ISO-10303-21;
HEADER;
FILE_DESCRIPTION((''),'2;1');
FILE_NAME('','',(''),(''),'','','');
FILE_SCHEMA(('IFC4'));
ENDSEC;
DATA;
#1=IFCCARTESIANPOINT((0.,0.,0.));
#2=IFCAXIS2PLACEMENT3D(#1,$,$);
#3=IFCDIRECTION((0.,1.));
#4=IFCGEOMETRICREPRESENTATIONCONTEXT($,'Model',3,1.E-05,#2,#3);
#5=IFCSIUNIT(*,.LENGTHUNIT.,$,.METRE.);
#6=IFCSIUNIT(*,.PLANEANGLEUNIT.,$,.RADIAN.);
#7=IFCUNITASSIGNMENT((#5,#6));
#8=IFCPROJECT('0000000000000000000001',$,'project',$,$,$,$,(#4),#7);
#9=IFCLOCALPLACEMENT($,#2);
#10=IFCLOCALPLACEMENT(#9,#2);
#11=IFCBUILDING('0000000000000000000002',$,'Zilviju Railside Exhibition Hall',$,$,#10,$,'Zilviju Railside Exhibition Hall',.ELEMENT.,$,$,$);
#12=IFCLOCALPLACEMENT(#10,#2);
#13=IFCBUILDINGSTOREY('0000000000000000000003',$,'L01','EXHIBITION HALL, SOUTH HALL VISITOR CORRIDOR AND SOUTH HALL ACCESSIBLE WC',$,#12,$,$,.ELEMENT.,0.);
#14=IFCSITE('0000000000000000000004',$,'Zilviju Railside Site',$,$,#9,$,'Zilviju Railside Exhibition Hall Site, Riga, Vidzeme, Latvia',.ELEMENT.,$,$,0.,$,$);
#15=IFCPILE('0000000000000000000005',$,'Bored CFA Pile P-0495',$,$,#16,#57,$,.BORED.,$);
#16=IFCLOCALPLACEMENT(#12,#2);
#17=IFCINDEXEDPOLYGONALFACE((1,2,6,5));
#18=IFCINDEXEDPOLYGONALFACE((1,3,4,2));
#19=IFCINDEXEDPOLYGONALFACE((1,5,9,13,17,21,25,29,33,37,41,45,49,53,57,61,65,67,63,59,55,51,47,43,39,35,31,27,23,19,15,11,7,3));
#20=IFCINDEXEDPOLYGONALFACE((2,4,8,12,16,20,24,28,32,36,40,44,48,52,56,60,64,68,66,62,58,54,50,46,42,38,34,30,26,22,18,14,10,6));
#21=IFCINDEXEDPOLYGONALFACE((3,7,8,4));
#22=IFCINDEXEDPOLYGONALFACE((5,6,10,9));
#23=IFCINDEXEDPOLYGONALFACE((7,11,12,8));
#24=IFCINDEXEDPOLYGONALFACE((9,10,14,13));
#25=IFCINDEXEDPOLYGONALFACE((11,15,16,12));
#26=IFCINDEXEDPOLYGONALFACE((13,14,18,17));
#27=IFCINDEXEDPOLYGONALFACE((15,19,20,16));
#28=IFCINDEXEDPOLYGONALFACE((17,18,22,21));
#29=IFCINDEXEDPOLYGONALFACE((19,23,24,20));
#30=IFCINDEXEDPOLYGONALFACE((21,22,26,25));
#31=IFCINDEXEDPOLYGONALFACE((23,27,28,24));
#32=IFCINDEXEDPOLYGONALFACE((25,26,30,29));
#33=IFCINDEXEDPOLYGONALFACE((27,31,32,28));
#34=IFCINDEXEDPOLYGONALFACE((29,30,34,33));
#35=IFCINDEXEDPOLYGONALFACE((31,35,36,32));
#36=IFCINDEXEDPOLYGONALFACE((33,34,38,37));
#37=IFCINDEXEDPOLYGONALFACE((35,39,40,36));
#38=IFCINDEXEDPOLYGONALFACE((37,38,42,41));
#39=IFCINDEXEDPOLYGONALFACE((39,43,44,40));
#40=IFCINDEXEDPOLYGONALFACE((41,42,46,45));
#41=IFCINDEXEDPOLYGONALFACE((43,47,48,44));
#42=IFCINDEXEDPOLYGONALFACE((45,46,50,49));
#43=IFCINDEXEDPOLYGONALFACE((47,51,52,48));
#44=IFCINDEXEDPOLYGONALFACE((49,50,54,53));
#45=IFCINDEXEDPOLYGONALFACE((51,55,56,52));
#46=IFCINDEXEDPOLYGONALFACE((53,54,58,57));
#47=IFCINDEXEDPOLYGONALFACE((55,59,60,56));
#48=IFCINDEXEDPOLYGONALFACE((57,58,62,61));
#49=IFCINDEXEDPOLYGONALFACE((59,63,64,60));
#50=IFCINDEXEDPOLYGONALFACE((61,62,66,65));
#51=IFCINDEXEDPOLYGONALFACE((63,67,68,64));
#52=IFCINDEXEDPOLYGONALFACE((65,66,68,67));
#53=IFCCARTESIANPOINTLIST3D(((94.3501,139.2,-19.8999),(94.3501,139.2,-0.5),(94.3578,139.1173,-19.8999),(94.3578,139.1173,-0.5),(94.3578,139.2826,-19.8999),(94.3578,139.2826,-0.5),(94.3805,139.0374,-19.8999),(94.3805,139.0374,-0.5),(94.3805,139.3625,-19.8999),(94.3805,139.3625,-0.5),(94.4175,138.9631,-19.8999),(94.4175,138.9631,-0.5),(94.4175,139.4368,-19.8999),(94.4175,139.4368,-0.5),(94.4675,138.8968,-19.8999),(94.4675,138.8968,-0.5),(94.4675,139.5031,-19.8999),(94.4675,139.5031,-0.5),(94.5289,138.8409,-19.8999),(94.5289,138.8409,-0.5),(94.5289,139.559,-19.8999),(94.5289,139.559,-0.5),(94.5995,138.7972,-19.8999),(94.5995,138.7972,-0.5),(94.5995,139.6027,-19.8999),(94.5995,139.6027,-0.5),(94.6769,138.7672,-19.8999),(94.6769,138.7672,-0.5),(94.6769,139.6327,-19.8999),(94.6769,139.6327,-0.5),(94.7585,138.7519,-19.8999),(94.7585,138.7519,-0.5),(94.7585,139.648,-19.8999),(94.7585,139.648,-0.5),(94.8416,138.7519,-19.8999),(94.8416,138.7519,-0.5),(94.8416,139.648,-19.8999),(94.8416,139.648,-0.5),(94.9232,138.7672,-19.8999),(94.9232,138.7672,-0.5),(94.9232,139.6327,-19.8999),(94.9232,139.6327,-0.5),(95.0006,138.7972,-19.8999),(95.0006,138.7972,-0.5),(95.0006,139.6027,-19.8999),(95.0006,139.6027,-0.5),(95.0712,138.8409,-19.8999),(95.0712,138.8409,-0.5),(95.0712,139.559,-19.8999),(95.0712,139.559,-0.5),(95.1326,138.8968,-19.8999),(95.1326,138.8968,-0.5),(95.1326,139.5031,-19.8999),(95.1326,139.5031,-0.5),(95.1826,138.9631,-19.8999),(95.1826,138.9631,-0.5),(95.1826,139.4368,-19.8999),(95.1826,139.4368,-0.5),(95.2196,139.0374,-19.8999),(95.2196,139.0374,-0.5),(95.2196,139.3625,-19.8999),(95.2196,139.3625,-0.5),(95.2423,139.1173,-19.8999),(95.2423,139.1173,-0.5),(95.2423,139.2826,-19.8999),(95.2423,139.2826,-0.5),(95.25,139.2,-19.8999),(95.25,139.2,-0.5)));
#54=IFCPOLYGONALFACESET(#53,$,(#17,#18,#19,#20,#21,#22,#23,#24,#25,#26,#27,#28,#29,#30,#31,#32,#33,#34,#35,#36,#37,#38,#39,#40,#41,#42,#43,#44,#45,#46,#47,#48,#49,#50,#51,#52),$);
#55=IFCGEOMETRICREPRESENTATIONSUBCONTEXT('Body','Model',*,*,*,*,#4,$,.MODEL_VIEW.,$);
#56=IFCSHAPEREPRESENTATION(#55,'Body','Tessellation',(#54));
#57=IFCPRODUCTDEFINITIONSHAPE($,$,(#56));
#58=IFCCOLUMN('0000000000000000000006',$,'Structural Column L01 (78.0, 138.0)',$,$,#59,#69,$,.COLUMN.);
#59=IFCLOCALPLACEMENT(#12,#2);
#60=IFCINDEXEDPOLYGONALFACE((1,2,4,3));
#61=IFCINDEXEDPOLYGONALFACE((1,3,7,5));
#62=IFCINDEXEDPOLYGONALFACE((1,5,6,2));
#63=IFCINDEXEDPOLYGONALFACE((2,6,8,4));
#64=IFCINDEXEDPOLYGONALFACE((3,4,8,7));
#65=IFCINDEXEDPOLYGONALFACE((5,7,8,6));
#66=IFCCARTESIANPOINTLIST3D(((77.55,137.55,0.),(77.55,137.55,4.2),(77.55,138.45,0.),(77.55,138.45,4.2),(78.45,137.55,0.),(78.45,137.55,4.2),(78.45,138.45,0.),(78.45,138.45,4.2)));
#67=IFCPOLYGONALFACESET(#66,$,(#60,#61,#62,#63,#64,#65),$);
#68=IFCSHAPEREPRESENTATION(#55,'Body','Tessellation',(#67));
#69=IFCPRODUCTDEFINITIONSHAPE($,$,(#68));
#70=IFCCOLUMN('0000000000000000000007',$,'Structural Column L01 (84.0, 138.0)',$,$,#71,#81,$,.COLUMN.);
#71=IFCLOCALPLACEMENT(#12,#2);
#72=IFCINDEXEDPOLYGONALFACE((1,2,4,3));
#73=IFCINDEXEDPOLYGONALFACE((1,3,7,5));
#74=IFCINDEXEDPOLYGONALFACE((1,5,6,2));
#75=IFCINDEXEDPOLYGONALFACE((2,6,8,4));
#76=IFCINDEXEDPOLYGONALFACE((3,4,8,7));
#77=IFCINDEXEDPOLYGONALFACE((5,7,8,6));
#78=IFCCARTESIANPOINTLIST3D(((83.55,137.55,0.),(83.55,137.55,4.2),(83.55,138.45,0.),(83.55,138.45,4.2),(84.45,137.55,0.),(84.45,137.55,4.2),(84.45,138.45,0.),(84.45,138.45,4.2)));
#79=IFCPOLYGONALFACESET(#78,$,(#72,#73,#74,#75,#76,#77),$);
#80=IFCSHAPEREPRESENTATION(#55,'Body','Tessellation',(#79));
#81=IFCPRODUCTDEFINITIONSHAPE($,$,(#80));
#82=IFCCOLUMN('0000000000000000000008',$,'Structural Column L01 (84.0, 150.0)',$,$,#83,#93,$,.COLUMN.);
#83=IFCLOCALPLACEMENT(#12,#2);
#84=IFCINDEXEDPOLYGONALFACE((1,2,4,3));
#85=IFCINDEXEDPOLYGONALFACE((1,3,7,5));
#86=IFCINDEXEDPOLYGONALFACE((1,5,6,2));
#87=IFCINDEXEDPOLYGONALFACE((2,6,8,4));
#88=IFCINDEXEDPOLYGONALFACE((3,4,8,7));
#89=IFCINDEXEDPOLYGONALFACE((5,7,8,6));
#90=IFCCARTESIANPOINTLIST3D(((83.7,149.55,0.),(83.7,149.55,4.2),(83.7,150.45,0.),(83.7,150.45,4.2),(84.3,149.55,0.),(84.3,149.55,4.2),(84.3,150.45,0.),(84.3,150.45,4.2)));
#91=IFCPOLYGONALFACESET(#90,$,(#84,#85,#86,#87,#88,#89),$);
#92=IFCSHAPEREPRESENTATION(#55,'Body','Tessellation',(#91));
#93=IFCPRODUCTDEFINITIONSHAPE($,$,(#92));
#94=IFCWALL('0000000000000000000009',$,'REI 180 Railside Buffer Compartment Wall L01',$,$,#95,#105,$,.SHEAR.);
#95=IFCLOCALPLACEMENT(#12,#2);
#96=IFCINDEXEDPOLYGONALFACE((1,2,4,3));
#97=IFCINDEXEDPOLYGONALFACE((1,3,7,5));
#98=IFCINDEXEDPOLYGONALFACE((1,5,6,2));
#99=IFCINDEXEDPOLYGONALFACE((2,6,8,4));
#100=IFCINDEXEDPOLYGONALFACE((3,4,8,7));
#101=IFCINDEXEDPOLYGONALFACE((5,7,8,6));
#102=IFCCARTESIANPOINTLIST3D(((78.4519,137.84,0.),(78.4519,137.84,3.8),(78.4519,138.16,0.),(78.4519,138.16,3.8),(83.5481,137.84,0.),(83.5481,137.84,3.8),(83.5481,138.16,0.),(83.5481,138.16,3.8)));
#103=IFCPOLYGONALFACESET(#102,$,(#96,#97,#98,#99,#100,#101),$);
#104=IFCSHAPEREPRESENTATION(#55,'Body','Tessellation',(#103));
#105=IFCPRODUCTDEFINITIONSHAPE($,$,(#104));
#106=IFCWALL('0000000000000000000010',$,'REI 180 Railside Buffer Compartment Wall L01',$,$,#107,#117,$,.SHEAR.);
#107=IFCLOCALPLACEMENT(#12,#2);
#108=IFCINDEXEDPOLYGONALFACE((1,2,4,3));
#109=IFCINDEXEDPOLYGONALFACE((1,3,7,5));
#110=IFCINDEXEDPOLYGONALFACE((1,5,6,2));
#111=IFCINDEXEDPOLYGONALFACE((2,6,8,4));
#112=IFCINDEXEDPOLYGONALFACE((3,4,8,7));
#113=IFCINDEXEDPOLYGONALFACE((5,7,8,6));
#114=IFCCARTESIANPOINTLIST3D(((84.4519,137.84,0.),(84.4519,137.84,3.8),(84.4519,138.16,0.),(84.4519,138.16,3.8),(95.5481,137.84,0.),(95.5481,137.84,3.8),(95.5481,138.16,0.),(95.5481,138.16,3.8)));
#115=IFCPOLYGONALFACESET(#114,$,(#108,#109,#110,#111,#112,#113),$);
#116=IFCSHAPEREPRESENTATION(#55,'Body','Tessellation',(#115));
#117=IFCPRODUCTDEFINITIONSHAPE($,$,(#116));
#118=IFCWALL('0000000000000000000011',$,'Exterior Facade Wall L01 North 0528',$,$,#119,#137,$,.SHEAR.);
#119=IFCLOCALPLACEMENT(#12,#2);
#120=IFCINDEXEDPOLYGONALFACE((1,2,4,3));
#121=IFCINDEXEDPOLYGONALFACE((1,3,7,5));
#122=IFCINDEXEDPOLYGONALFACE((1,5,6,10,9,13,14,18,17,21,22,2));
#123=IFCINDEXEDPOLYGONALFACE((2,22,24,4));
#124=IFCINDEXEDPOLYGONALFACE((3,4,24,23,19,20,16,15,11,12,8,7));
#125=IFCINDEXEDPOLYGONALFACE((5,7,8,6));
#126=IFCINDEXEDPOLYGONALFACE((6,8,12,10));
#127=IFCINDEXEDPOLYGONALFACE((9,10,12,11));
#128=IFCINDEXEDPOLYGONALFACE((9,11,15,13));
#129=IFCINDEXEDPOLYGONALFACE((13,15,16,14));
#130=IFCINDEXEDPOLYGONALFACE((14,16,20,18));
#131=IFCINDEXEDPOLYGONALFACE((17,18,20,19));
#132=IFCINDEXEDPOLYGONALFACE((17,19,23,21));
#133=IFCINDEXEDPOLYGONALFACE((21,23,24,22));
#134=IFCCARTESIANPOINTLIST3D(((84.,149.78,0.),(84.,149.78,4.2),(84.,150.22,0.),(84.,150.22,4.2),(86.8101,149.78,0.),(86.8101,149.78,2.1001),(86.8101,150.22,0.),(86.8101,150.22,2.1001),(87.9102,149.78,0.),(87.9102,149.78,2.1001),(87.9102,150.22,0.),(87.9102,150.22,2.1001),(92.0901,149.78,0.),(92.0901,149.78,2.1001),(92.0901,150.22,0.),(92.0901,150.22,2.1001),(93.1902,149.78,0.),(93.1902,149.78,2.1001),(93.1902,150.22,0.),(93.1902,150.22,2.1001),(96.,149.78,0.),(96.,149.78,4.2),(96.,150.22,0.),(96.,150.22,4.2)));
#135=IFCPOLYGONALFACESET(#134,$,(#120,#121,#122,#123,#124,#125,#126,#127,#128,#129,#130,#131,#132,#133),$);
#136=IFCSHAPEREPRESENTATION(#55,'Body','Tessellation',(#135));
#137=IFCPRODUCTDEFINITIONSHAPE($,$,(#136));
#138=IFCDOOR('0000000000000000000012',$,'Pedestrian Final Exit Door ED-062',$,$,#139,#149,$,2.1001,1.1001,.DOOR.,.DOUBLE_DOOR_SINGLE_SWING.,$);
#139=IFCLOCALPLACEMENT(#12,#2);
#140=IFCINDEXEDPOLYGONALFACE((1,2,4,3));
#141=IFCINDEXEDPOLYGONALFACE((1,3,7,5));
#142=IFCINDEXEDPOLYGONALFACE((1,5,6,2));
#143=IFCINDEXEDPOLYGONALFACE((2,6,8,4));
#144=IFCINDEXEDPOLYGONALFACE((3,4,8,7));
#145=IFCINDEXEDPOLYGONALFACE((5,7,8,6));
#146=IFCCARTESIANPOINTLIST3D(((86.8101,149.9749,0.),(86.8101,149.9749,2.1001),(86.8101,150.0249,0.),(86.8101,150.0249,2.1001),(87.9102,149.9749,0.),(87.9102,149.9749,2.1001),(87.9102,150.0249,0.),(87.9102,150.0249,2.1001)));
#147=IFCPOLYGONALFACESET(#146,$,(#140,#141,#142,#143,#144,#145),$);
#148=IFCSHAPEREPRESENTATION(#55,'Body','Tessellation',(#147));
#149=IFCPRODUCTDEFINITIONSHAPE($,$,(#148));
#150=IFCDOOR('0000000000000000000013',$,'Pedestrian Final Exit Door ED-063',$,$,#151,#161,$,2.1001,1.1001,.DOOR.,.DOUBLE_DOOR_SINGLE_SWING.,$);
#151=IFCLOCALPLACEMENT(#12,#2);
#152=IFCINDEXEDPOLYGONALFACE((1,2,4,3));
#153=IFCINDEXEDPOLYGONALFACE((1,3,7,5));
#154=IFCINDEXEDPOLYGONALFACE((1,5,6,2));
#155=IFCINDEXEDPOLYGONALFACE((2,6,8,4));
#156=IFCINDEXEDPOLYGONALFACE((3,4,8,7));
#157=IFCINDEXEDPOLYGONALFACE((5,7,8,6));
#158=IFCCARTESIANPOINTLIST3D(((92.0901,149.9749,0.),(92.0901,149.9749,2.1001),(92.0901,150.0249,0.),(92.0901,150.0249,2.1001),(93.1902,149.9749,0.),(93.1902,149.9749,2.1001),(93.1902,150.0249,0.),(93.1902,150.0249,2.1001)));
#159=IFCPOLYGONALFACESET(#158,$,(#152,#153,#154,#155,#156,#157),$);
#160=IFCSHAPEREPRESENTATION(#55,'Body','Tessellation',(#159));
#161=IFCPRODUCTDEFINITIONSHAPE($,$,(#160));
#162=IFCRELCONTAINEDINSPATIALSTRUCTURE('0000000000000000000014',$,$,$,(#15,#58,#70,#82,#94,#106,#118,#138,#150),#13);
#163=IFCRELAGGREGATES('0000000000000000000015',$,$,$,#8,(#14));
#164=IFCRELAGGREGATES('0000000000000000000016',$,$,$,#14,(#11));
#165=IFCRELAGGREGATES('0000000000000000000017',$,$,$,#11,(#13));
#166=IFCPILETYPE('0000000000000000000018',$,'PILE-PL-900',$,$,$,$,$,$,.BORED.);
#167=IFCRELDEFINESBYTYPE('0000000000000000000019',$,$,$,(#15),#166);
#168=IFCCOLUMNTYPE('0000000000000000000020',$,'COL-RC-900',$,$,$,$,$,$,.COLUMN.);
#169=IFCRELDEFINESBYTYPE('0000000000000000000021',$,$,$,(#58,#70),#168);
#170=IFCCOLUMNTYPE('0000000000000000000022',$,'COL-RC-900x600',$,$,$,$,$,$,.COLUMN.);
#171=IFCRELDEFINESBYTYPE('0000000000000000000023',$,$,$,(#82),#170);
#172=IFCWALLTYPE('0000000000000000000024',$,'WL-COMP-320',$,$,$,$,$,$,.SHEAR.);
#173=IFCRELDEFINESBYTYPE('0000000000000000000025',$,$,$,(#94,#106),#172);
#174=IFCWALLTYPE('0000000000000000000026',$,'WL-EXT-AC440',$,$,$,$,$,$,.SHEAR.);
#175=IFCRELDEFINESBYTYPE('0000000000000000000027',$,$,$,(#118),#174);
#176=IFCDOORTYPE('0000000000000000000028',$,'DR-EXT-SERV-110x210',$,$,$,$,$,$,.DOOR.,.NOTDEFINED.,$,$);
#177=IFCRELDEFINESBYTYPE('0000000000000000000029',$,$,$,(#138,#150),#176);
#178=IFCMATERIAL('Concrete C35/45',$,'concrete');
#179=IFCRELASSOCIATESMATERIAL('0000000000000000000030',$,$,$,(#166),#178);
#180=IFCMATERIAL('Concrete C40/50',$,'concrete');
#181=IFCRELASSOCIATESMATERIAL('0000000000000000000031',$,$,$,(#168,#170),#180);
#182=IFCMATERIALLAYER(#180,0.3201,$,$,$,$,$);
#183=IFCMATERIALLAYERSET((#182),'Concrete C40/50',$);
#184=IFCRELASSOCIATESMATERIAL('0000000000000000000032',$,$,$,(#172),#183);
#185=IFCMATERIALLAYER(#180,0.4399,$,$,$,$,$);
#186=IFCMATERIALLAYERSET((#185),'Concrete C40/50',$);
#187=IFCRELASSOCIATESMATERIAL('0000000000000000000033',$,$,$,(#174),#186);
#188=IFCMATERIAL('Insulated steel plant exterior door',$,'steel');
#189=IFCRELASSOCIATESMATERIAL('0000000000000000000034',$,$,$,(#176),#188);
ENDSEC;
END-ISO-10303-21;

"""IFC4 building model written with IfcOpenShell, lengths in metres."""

from ifc_helpers import new_model, si_unit, direction, frame, frame_2d, origin, origin_2d, place, context, subcontext, project, spatial, rectangle, circle, extrude, material, layer, layer_set, material_profile, profile_set, type_object, element, fill, save


model = new_model("IFC4")

# Units and contexts
model_context = context("Model", 3, precision=1e-05, world=origin(), true_north=direction((0.0, 1.0)))
body_context = subcontext(model_context, "Body", "Model", "MODEL_VIEW")
ifc_project = project(units=[si_unit("LENGTHUNIT", "METRE"), si_unit("PLANEANGLEUNIT", "RADIAN")], contexts=[model_context])

# Site, building, storey
site_placement = place(None, origin())
site = spatial("IfcSite", under=ifc_project, at=site_placement, Name="Zilviju Railside Site", LongName="Zilviju Railside Exhibition Hall Site, Riga, Vidzeme, Latvia", CompositionType="ELEMENT", RefElevation=0.0)
building_placement = place(site_placement, origin())
building = spatial("IfcBuilding", under=site, at=building_placement, Name="Zilviju Railside Exhibition Hall", LongName="Zilviju Railside Exhibition Hall", CompositionType="ELEMENT")
storey_placement = place(building_placement, origin())
storey = spatial("IfcBuildingStorey", under=building, at=storey_placement, Name="L01", Description="EXHIBITION HALL, SOUTH HALL VISITOR CORRIDOR AND SOUTH HALL ACCESSIBLE WC", CompositionType="ELEMENT", Elevation=0.0)

# Shared definitions
ifc_material_1 = material(Name="Concrete C35/45", Category="concrete")
ifc_material_2 = material(Name="Concrete C40/50", Category="concrete")

# Pile
ifc_material_profile_1 = material_profile(ifc_material_1, circle(Radius=0.45, at=origin_2d()), Name="CFA PILE D900")
ifc_profile_set_1 = profile_set([ifc_material_profile_1], Name="Concrete C35/45")
pile_type_1 = type_object("IfcPileType", Name="PILE-PL-900", PredefinedType="BORED", material=ifc_profile_set_1)
for number, where, z_axis, x_axis, name in (
    (1, (94.8, 139.2, -0.5), (0.0, 0.0, -1.0), (1.0, 0.0, 0.0), "Bored CFA Pile P-0495"),
):
    element("IfcPile", number, at=place(storey_placement, frame(where, z_axis=z_axis, x_axis=x_axis)), inside=storey, type_object=pile_type_1, Name=name, PredefinedType="BORED", context=body_context, shape_type="SweptSolid", body=[
        extrude(circle(Radius=0.45, at=origin_2d()), origin(), (0.0, 0.0, 1.0), 19.3999),
    ])

# Columns
ifc_material_profile_2 = material_profile(ifc_material_2, rectangle(XDim=0.8999, YDim=0.8999, at=origin_2d()), Name="RC COL 900x900")
ifc_profile_set_2 = profile_set([ifc_material_profile_2], Name="Concrete C40/50")
column_type_1 = type_object("IfcColumnType", Name="COL-RC-900", PredefinedType="COLUMN", material=ifc_profile_set_2)
for number, where, z_axis, x_axis, name in (
    (2, (78.0, 138.0, 0.0), (0.0, 0.0, 1.0), (1.0, 0.0, 0.0), "Structural Column L01 (78.0, 138.0)"),
    (3, (84.0, 138.0, 0.0), (0.0, 0.0, 1.0), (1.0, 0.0, 0.0), "Structural Column L01 (84.0, 138.0)"),
):
    element("IfcColumn", number, at=place(storey_placement, frame(where, z_axis=z_axis, x_axis=x_axis)), inside=storey, type_object=column_type_1, Name=name, PredefinedType="COLUMN", context=body_context, shape_type="SweptSolid", body=[
        extrude(rectangle(XDim=0.8999, YDim=0.8999, at=origin_2d()), origin(), (0.0, 0.0, 1.0), 4.2),
    ])
ifc_material_profile_3 = material_profile(ifc_material_2, rectangle(XDim=0.6001, YDim=0.8999, at=origin_2d()), Name="RC COL 600x900")
ifc_profile_set_3 = profile_set([ifc_material_profile_3], Name="Concrete C40/50")
column_type_2 = type_object("IfcColumnType", Name="COL-RC-900x600", PredefinedType="COLUMN", material=ifc_profile_set_3)
column_placement = place(storey_placement, frame((84.0, 150.0, 0.0), z_axis=(0.0, 0.0, 1.0), x_axis=(1.0, 0.0, 0.0)))
element("IfcColumn", 4, at=column_placement, inside=storey, type_object=column_type_2, Name="Structural Column L01 (84.0, 150.0)", PredefinedType="COLUMN", context=body_context, shape_type="SweptSolid", body=[
    extrude(rectangle(XDim=0.6001, YDim=0.8999, at=origin_2d()), origin(), (0.0, 0.0, 1.0), 4.2),
])

# Walls
ifc_layer_1 = layer(ifc_material_2, 0.3201)
ifc_layer_set_1 = layer_set([ifc_layer_1], Name="Concrete C40/50")
wall_type_1 = type_object("IfcWallType", Name="WL-COMP-320", PredefinedType="SHEAR", material=ifc_layer_set_1)
wall_1_placement = place(storey_placement, frame((78.4519, 138.0, 0.0), z_axis=(0.0, 0.0, 1.0), x_axis=(1.0, 0.0, 0.0)))
element("IfcWall", 5, at=wall_1_placement, inside=storey, type_object=wall_type_1, Name="REI 180 Railside Buffer Compartment Wall L01", PredefinedType="SHEAR", context=body_context, shape_type="SweptSolid", body=[
    extrude(rectangle(XDim=5.0962, YDim=0.3201, at=frame_2d((2.5481, 0.0))), origin(), (0.0, 0.0, 1.0), 3.8),
])
wall_2_placement = place(storey_placement, frame((84.4519, 138.0, 0.0), z_axis=(0.0, 0.0, 1.0), x_axis=(1.0, 0.0, 0.0)))
element("IfcWall", 6, at=wall_2_placement, inside=storey, type_object=wall_type_1, Name="REI 180 Railside Buffer Compartment Wall L01", PredefinedType="SHEAR", context=body_context, shape_type="SweptSolid", body=[
    extrude(rectangle(XDim=11.0962, YDim=0.3201, at=frame_2d((5.5481, 0.0))), origin(), (0.0, 0.0, 1.0), 3.8),
])

# Wall, openings, doors
ifc_layer_2 = layer(ifc_material_2, 0.4399)
ifc_layer_set_2 = layer_set([ifc_layer_2], Name="Concrete C40/50")
wall_type_2 = type_object("IfcWallType", Name="WL-EXT-AC440", PredefinedType="SHEAR", material=ifc_layer_set_2)
wall_3_placement = place(storey_placement, frame((84.0, 150.0, 0.0), z_axis=(0.0, 0.0, 1.0), x_axis=(1.0, 0.0, 0.0)))
wall_3 = element("IfcWall", 7, at=wall_3_placement, inside=storey, type_object=wall_type_2, Name="Exterior Facade Wall L01 North 0528", PredefinedType="SHEAR", context=body_context, shape_type="SweptSolid", body=[
    extrude(rectangle(XDim=12.0, YDim=0.4399, at=frame_2d((6.0, 0.0))), origin(), (0.0, 0.0, 1.0), 4.2),
])
opening_1_placement = place(wall_3_placement, frame((2.8101, 0.0, 0.0)))
opening_1 = element("IfcOpeningElement", 8, at=opening_1_placement, cuts=wall_3, PredefinedType="OPENING", context=body_context, shape_type="SweptSolid", body=[
    extrude(rectangle(XDim=1.1001, YDim=2.1001, at=frame_2d((0.55, 1.05))), frame((0.0, 0.23, 0.0), z_axis=(0.0, -1.0, 0.0), x_axis=(1.0, 0.0, 0.0)), (0.0, 0.0, 1.0), 0.46),
])
opening_2_placement = place(wall_3_placement, frame((8.0901, 0.0, 0.0)))
opening_2 = element("IfcOpeningElement", 9, at=opening_2_placement, cuts=wall_3, PredefinedType="OPENING", context=body_context, shape_type="SweptSolid", body=[
    extrude(rectangle(XDim=1.1001, YDim=2.1001, at=frame_2d((0.55, 1.05))), frame((0.0, 0.23, 0.0), z_axis=(0.0, -1.0, 0.0), x_axis=(1.0, 0.0, 0.0)), (0.0, 0.0, 1.0), 0.46),
])
ifc_material_3 = material(Name="Insulated steel plant exterior door", Category="steel")
door_type = type_object("IfcDoorType", Name="DR-EXT-SERV-110x210", OperationType="NOTDEFINED", PredefinedType="DOOR", material=ifc_material_3)
door_1_placement = place(opening_1_placement, origin())
door_1 = element("IfcDoor", 10, at=door_1_placement, inside=storey, type_object=door_type, Name="Pedestrian Final Exit Door ED-062", OperationType="DOUBLE_DOOR_SINGLE_SWING", OverallHeight=2.1001, OverallWidth=1.1001, PredefinedType="DOOR", context=body_context, shape_type="SweptSolid", body=[
    extrude(rectangle(XDim=1.1001, YDim=2.1001, at=frame_2d((0.55, 1.05))), frame((0.0, 0.0249, 0.0), z_axis=(0.0, -1.0, 0.0), x_axis=(1.0, 0.0, 0.0)), (0.0, 0.0, 1.0), 0.05),
])
fill(opening_1, door_1)
door_2_placement = place(opening_2_placement, origin())
door_2 = element("IfcDoor", 11, at=door_2_placement, inside=storey, type_object=door_type, Name="Pedestrian Final Exit Door ED-063", OperationType="DOUBLE_DOOR_SINGLE_SWING", OverallHeight=2.1001, OverallWidth=1.1001, PredefinedType="DOOR", context=body_context, shape_type="SweptSolid", body=[
    extrude(rectangle(XDim=1.1001, YDim=2.1001, at=frame_2d((0.55, 1.05))), frame((0.0, 0.0249, 0.0), z_axis=(0.0, -1.0, 0.0), x_axis=(1.0, 0.0, 0.0)), (0.0, 0.0, 1.0), 0.05),
])
fill(opening_2, door_2)

save(model, "model.ifc")
